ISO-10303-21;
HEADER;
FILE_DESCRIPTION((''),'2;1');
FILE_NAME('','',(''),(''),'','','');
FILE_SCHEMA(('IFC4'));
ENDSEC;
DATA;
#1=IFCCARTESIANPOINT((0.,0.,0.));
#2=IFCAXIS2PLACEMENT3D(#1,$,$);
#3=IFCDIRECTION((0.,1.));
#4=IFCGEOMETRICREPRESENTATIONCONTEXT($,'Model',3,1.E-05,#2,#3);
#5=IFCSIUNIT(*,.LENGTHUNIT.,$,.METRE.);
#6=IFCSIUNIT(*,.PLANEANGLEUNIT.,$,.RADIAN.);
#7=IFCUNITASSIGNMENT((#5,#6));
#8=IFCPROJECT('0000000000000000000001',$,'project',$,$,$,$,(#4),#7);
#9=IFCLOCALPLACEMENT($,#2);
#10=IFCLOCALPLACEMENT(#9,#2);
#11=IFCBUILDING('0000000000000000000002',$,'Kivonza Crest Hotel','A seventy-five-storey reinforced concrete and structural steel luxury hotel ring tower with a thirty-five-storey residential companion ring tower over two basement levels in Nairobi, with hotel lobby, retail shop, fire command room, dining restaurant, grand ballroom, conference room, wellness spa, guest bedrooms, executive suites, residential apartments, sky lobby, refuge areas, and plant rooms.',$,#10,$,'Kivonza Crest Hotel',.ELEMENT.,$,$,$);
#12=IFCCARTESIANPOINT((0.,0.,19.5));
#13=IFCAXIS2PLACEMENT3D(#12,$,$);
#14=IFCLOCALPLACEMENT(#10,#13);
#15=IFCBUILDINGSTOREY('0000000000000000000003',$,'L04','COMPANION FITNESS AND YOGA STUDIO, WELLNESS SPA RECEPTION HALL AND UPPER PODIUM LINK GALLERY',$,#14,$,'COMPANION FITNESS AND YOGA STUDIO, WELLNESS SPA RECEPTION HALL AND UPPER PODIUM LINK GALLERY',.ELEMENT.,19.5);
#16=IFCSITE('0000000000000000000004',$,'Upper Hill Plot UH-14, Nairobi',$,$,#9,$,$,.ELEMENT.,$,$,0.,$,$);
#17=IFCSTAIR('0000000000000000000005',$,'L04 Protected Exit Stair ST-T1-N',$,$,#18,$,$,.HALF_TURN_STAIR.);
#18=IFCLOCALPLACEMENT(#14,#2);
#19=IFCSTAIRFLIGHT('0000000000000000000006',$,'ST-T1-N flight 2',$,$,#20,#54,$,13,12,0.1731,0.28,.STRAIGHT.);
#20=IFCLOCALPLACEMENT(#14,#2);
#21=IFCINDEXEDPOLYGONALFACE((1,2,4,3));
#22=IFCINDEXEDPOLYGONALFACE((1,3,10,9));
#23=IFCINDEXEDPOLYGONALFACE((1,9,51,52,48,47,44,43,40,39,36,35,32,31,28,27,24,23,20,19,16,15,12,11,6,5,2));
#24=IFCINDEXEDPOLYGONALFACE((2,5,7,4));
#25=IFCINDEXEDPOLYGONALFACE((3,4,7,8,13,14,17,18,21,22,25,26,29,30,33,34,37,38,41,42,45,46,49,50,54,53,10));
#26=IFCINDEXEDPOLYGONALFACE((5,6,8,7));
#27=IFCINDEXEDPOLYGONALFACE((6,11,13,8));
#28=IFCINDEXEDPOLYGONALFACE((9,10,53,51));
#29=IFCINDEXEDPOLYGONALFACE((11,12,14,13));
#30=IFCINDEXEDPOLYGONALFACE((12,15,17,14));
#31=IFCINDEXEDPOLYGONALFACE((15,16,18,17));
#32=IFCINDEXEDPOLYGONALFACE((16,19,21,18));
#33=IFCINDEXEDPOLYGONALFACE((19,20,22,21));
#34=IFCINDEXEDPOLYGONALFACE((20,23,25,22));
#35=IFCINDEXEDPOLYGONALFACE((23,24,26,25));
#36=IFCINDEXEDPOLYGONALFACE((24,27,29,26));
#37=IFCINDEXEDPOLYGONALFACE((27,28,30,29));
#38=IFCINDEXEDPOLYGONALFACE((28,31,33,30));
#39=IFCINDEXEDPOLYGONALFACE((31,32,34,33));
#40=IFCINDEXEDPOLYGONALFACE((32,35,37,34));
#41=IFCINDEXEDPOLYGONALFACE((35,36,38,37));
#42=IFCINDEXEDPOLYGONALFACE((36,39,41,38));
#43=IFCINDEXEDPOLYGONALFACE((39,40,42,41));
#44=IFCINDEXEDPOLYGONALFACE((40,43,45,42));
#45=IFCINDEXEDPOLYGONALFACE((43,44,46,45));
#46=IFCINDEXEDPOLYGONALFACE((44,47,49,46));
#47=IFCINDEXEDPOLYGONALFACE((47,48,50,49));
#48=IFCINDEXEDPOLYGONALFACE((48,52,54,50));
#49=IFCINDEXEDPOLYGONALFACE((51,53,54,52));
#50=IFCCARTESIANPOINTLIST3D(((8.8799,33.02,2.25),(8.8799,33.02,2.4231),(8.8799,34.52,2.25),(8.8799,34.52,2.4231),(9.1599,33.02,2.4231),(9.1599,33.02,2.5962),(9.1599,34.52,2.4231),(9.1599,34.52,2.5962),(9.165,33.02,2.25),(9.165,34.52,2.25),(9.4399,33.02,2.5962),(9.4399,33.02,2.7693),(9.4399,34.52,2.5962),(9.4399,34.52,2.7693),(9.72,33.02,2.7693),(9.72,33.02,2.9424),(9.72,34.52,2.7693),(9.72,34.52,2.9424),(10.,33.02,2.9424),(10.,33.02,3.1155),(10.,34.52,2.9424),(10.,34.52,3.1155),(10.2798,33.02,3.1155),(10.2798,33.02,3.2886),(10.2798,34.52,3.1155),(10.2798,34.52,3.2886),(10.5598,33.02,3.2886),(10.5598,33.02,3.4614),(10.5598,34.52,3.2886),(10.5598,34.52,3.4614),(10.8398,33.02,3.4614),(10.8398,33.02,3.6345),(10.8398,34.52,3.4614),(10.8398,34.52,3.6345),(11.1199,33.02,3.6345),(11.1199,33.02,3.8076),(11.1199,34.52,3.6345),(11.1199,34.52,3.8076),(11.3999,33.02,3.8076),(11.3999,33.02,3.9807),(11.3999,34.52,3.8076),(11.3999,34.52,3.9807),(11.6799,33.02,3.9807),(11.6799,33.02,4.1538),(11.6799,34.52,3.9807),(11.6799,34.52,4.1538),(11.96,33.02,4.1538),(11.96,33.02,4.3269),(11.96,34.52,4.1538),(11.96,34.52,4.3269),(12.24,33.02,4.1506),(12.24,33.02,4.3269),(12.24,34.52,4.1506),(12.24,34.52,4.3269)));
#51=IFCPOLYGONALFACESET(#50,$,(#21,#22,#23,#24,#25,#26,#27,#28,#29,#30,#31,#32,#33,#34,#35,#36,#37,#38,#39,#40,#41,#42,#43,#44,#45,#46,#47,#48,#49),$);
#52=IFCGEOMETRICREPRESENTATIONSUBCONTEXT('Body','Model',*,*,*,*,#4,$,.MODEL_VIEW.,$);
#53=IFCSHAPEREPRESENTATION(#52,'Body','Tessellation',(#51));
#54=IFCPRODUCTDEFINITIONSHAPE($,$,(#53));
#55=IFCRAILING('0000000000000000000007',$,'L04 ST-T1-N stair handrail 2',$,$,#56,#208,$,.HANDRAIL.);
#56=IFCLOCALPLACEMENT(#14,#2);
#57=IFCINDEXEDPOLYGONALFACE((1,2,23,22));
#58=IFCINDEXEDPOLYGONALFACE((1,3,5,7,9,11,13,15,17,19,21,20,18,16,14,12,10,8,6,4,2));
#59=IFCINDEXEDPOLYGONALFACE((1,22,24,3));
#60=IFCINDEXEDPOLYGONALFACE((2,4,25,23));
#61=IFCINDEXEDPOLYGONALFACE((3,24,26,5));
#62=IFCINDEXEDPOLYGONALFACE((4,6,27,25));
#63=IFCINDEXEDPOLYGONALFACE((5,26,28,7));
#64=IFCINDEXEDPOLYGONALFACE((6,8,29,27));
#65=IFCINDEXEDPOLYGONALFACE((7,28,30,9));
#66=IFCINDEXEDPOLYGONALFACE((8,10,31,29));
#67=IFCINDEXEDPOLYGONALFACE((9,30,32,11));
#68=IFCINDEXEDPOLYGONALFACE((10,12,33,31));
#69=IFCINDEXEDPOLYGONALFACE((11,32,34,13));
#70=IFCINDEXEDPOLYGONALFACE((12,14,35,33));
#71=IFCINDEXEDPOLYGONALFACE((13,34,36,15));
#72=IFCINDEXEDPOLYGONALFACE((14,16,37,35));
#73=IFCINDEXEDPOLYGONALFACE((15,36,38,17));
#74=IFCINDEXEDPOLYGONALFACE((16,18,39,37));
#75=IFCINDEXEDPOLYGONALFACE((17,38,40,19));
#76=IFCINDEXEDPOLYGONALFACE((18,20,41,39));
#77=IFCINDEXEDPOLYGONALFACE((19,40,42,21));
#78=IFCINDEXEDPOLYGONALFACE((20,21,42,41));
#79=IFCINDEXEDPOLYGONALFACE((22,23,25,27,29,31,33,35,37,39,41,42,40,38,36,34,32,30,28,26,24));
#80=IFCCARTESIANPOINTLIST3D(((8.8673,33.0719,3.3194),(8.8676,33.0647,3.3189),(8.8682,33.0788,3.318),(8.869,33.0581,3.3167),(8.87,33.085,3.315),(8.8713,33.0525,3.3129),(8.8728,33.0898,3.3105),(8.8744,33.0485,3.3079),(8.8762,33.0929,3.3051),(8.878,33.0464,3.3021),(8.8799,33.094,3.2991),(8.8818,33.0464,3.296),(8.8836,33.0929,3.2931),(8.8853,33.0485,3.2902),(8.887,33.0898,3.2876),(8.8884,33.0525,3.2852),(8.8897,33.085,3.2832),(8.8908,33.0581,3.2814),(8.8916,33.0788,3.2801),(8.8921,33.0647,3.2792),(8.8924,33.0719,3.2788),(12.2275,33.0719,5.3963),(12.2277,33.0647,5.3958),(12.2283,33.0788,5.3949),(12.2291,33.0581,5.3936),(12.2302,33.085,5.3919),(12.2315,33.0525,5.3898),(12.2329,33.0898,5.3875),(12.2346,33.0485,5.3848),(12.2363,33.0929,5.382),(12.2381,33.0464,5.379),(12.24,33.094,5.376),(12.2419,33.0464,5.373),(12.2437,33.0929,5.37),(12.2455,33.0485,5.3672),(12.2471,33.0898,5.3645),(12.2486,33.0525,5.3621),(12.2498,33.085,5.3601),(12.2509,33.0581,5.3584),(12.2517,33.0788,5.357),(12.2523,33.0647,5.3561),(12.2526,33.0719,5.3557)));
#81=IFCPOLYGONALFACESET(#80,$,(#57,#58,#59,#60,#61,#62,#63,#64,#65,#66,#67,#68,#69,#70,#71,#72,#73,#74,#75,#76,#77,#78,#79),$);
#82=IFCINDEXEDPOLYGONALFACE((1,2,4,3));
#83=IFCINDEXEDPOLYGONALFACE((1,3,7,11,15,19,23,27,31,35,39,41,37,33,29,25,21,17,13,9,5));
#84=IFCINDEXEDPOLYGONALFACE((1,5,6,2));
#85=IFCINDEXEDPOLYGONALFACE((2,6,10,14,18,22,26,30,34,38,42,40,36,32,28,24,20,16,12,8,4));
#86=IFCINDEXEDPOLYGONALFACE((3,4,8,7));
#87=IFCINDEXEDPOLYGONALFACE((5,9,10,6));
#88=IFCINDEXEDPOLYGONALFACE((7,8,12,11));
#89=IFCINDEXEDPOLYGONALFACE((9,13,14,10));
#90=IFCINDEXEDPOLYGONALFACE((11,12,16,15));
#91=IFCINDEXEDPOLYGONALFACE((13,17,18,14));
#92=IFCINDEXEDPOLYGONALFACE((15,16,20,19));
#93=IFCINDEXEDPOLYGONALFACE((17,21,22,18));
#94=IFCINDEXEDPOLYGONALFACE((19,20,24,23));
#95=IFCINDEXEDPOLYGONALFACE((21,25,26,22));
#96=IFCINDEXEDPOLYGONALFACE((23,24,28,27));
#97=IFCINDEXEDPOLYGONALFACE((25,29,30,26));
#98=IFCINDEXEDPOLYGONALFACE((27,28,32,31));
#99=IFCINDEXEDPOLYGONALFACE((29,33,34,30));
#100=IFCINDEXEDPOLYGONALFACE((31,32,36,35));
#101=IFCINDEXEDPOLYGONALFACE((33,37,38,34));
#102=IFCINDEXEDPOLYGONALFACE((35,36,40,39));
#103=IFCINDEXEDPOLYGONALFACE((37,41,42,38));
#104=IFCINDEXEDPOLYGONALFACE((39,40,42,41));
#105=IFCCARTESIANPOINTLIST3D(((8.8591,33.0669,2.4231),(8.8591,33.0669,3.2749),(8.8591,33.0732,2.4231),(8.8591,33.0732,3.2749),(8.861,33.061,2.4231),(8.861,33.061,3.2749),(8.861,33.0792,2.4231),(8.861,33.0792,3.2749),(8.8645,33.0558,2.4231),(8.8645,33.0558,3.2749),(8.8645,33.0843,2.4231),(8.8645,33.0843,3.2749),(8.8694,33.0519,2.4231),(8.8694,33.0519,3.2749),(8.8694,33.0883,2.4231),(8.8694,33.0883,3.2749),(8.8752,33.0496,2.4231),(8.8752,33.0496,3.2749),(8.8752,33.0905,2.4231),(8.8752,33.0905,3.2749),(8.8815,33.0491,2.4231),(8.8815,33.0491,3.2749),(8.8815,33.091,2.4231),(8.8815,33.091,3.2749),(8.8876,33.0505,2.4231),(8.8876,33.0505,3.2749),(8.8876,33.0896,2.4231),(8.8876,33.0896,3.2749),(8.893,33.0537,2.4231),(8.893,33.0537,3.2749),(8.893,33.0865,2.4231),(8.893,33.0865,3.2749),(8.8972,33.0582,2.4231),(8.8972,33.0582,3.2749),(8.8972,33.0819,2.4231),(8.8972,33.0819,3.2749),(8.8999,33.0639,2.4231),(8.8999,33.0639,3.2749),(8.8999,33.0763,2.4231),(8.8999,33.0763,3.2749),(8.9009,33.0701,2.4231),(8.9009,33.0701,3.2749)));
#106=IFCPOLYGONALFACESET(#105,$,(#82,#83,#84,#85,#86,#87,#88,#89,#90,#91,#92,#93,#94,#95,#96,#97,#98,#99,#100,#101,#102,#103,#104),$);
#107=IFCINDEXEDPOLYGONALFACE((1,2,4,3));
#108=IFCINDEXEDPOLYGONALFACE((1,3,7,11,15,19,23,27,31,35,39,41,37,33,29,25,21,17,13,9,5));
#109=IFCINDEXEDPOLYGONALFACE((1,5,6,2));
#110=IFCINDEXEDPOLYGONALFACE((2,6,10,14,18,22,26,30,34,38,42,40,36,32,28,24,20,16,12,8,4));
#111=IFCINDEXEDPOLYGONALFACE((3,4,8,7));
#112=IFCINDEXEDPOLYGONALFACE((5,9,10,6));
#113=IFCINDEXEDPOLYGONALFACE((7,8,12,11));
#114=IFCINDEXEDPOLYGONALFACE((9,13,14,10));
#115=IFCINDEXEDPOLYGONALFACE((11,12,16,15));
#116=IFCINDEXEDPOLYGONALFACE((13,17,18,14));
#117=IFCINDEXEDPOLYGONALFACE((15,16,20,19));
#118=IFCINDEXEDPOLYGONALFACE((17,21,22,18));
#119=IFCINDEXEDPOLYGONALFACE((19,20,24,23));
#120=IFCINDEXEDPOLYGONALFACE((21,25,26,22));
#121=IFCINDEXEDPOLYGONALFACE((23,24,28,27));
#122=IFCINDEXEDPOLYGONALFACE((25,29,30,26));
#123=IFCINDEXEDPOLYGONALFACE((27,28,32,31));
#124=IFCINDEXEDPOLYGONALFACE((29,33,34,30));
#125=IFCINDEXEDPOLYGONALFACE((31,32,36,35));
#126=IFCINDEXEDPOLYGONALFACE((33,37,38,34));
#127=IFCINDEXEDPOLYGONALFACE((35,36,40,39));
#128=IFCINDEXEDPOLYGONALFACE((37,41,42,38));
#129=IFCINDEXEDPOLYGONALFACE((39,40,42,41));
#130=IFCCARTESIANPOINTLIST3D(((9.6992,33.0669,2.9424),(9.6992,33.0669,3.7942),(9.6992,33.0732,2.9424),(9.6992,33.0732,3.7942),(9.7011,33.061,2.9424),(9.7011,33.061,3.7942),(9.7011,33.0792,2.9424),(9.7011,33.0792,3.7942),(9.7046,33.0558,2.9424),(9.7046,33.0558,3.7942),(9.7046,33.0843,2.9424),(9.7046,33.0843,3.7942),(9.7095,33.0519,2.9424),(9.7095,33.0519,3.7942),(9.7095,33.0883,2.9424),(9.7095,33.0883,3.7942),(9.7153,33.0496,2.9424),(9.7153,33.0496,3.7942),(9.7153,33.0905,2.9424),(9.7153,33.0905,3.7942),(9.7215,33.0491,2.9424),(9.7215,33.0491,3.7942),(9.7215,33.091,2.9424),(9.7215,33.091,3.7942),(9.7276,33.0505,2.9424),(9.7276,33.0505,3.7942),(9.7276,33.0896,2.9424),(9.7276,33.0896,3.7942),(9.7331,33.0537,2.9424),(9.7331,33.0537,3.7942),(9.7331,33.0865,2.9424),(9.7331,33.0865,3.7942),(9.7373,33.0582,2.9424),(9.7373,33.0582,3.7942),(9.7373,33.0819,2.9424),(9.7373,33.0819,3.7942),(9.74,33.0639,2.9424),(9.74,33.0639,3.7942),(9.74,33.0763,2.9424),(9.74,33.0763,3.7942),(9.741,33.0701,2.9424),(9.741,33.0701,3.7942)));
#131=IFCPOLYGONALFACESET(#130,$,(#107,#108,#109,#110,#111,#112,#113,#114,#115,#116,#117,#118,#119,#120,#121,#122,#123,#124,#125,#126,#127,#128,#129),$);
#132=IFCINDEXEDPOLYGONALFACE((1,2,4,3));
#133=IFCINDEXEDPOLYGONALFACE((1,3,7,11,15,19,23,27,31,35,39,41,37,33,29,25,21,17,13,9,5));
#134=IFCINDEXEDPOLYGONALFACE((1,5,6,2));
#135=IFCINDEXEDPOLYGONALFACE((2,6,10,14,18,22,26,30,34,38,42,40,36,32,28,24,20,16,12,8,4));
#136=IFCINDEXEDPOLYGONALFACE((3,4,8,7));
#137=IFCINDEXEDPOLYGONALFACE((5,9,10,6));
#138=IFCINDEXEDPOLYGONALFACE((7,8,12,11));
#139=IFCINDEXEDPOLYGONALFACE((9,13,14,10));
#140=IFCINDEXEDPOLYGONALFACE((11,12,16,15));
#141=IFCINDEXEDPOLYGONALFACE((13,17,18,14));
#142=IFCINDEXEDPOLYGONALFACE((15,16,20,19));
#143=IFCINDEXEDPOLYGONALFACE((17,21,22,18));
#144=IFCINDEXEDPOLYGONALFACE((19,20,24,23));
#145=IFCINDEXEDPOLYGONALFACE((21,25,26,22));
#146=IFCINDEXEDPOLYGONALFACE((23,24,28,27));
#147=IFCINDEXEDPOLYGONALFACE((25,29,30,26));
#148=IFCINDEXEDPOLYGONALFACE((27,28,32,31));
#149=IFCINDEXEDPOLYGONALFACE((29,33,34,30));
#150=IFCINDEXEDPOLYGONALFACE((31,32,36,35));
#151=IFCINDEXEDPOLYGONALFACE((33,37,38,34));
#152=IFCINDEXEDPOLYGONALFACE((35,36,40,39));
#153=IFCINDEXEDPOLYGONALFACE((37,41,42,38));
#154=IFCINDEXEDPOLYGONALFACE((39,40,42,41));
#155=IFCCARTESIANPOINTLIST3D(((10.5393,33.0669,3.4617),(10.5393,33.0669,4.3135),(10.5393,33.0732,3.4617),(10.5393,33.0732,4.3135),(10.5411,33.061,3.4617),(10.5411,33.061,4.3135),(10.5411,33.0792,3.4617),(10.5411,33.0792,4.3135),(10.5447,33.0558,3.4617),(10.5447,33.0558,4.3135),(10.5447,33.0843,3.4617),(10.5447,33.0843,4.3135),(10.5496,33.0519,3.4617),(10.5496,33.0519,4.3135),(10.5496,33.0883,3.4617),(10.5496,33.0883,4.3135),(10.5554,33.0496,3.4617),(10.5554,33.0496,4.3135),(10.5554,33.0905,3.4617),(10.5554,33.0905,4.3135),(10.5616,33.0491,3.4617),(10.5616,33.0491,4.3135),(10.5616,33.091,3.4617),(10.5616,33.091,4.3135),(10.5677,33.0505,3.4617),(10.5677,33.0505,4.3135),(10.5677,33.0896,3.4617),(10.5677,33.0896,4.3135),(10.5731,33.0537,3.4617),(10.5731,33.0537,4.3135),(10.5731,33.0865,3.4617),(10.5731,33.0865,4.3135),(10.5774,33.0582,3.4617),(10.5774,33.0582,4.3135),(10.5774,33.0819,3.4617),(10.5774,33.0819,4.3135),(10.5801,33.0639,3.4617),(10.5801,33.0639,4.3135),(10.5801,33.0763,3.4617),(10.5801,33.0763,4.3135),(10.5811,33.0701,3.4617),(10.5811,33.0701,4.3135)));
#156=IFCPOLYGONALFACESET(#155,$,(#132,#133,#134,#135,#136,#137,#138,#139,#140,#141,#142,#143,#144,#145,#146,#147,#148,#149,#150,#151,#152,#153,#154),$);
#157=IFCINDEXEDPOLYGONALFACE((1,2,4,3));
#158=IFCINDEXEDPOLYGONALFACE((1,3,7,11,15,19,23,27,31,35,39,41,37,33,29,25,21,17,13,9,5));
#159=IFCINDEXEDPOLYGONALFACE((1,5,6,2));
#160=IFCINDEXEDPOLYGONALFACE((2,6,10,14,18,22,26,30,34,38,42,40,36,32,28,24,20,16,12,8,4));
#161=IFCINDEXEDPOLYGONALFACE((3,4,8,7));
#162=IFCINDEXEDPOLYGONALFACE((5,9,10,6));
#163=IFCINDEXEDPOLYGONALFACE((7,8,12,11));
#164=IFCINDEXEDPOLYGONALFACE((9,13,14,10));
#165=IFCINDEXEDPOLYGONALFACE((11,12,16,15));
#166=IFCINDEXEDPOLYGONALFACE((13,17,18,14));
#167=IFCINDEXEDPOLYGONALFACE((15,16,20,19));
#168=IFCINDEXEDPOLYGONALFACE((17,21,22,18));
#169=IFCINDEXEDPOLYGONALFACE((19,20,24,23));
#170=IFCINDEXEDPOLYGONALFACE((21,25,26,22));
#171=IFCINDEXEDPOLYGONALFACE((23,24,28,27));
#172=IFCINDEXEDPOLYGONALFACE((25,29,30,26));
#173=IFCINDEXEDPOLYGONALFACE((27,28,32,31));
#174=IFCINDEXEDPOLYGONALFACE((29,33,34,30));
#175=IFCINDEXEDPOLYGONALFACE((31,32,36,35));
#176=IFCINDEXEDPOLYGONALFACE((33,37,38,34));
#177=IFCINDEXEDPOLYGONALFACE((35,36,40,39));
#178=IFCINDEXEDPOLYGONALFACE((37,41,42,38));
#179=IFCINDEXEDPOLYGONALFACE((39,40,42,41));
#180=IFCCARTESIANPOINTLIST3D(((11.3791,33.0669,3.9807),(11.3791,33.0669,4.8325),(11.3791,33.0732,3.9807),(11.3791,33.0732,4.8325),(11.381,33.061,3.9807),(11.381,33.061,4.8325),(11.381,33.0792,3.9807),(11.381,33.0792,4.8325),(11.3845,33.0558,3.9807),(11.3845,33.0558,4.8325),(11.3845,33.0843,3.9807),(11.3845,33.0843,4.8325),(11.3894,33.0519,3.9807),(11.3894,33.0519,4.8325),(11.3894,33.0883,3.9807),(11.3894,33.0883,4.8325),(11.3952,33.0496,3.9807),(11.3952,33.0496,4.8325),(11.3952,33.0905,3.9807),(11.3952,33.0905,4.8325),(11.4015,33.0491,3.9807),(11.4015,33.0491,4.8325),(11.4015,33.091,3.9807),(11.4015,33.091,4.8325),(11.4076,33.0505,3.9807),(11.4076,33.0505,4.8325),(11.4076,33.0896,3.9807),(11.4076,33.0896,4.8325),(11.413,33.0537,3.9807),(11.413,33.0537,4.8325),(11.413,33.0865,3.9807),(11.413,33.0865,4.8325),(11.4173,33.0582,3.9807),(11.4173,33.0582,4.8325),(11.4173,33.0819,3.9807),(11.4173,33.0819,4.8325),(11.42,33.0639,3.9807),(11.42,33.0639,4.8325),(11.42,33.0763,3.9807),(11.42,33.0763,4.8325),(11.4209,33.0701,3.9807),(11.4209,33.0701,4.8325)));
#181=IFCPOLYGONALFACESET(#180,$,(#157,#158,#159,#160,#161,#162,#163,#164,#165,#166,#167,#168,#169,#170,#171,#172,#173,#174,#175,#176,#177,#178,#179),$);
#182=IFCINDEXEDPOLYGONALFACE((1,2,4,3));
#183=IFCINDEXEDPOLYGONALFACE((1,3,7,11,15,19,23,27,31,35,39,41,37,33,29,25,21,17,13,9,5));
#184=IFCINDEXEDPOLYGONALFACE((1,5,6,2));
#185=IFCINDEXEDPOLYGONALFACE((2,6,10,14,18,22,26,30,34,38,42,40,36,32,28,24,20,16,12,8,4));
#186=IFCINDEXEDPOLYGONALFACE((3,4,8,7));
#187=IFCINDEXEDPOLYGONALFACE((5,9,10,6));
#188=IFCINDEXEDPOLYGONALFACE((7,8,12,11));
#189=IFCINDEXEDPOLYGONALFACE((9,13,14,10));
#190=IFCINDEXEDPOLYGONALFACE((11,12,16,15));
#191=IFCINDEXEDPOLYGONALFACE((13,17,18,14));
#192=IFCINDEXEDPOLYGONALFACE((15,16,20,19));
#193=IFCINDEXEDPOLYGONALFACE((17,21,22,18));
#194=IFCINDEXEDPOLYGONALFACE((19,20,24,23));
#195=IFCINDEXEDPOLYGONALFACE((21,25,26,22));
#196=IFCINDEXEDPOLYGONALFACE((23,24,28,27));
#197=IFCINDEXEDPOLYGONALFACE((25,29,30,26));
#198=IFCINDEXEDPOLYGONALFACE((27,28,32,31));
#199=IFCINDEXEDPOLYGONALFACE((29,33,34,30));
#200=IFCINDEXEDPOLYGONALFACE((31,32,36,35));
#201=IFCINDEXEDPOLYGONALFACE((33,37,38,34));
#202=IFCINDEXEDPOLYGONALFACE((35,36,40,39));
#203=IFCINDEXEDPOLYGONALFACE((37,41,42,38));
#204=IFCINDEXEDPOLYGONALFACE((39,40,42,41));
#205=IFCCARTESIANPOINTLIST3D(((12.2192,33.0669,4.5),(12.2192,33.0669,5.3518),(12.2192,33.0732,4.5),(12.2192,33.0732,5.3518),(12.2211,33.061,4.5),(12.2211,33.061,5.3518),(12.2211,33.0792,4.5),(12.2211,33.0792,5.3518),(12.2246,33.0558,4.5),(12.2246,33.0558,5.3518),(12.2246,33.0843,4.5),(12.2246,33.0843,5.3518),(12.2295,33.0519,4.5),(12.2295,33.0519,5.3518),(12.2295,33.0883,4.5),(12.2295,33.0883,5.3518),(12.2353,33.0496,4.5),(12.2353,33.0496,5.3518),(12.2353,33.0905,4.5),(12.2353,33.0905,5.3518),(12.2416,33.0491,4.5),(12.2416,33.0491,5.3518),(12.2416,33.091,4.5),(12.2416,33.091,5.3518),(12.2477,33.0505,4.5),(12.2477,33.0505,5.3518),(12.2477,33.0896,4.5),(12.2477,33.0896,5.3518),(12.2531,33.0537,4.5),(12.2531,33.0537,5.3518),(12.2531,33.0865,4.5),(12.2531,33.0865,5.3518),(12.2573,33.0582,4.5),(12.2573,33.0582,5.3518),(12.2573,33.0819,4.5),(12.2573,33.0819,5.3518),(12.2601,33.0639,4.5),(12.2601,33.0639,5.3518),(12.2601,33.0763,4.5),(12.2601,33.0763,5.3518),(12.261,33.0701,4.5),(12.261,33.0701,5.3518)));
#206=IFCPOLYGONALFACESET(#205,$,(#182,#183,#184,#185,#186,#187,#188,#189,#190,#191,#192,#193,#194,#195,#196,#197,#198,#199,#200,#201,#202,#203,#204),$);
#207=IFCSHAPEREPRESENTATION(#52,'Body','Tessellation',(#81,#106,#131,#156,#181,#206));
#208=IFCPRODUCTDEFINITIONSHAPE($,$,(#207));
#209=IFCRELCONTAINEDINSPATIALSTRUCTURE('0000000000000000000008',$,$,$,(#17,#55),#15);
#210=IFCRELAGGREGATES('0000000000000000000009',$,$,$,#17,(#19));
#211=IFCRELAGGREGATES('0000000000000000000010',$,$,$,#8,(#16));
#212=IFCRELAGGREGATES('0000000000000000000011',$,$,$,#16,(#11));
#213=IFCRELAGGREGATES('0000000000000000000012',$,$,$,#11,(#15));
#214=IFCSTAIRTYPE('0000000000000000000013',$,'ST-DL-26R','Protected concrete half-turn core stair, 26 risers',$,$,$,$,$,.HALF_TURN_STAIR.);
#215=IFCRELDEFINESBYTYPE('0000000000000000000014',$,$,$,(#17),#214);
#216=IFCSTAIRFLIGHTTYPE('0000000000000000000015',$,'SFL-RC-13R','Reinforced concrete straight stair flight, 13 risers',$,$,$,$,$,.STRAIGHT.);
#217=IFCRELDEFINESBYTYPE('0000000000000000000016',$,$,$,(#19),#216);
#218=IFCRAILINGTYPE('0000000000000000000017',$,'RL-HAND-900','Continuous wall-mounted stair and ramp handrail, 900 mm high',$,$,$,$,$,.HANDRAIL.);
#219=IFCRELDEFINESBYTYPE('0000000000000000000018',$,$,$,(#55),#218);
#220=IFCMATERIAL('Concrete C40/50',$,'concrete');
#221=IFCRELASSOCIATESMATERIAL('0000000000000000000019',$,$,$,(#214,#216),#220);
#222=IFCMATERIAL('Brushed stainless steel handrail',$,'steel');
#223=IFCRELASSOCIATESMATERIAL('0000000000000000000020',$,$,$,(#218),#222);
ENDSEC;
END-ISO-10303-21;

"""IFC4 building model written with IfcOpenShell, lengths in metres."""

from ifc_helpers import new_model, si_unit, direction, frame, origin, origin_2d, place, context, subcontext, project, spatial, polyline, circle, outline, extrude, material, type_object, element, aggregate, save


model = new_model("IFC4")

# Units and contexts
model_context = context("Model", 3, precision=1e-05, world=origin(), true_north=direction((0.0, 1.0)))
body_context = subcontext(model_context, "Body", "Model", "MODEL_VIEW")
ifc_project = project(units=[si_unit("LENGTHUNIT", "METRE"), si_unit("PLANEANGLEUNIT", "RADIAN")], contexts=[model_context])

# Site, building, storey
site_placement = place(None, origin())
site = spatial("IfcSite", under=ifc_project, at=site_placement, Name="Upper Hill Plot UH-14, Nairobi", CompositionType="ELEMENT", RefElevation=0.0)
building_placement = place(site_placement, origin())
building = spatial("IfcBuilding", under=site, at=building_placement, Name="Kivonza Crest Hotel", Description="A seventy-five-storey reinforced concrete and structural steel luxury hotel ring tower with a thirty-five-storey residential companion ring tower over two basement levels in Nairobi, with hotel lobby, retail shop, fire command room, dining restaurant, grand ballroom, conference room, wellness spa, guest bedrooms, executive suites, residential apartments, sky lobby, refuge areas, and plant rooms.", LongName="Kivonza Crest Hotel", CompositionType="ELEMENT")
storey_placement = place(building_placement, frame((0.0, 0.0, 19.5)))
storey = spatial("IfcBuildingStorey", under=building, at=storey_placement, Name="L04", Description="COMPANION FITNESS AND YOGA STUDIO, WELLNESS SPA RECEPTION HALL AND UPPER PODIUM LINK GALLERY", LongName="COMPANION FITNESS AND YOGA STUDIO, WELLNESS SPA RECEPTION HALL AND UPPER PODIUM LINK GALLERY", CompositionType="ELEMENT", Elevation=19.5)

# Stair, stair flight
ifc_material_1 = material(Name="Concrete C40/50", Category="concrete")
stair_type = type_object("IfcStairType", Name="ST-DL-26R", Description="Protected concrete half-turn core stair, 26 risers", PredefinedType="HALF_TURN_STAIR", material=ifc_material_1)
stair_placement = place(storey_placement, origin())
stair = element("IfcStair", 1, at=stair_placement, inside=storey, type_object=stair_type, Name="L04 Protected Exit Stair ST-T1-N", PredefinedType="HALF_TURN_STAIR")
stair_flight_type = type_object("IfcStairFlightType", Name="SFL-RC-13R", Description="Reinforced concrete straight stair flight, 13 risers", PredefinedType="STRAIGHT", material=ifc_material_1)
stair_flight_placement = place(storey_placement, frame((8.8799, 33.77, 2.25), z_axis=(0.0, 0.0, 1.0), x_axis=(1.0, 0.0, 0.0)))
stair_flight = element("IfcStairFlight", 2, at=stair_flight_placement, type_object=stair_flight_type, Name="ST-T1-N flight 2", NumberOfRisers=13, NumberOfTreads=12, PredefinedType="STRAIGHT", RiserHeight=0.1731, TreadLength=0.28, context=body_context, shape_type="SweptSolid", body=[
    extrude(outline(polyline([(0.0, 0.0), (0.0, 0.1731), (0.28, 0.1731), (0.28, 0.3462), (0.5601, 0.3462), (0.5601, 0.5193), (0.8401, 0.5193), (0.8401, 0.6924), (1.1201, 0.6924), (1.1201, 0.8655), (1.3999, 0.8655), (1.3999, 1.0386), (1.6799, 1.0386), (1.6799, 1.2114), (1.96, 1.2114), (1.96, 1.3845), (2.24, 1.3845), (2.24, 1.5576), (2.52, 1.5576), (2.52, 1.7307), (2.8, 1.7307), (2.8, 1.9038), (3.0801, 1.9038), (3.0801, 2.0769), (3.3601, 2.0769), (3.3601, 2.25), (3.3601, 1.9006), (0.2852, 0.0), (0.0, 0.0)])), frame((0.0, 0.75, 0.0), z_axis=(0.0, -1.0, 0.0), x_axis=(1.0, 0.0, 0.0)), (0.0, 0.0, 1.0), 1.5),
])
aggregate(stair, [stair_flight])

# Railing
ifc_material_2 = material(Name="Brushed stainless steel handrail", Category="steel")
railing_type_1 = type_object("IfcRailingType", Name="RL-HAND-900", Description="Continuous wall-mounted stair and ramp handrail, 900 mm high", PredefinedType="HANDRAIL", material=ifc_material_2)
railing_1_placement = place(storey_placement, frame((8.8799, 33.0701, 2.4231)))
element("IfcRailing", 3, at=railing_1_placement, inside=storey, type_object=railing_type_1, Name="L04 ST-T1-N stair handrail 2", PredefinedType="HANDRAIL", context=body_context, shape_type="SweptSolid", body=[
    extrude(circle(Radius=0.0239, at=origin_2d()), frame((0.0, 0.0, 0.876), z_axis=(0.850623, 0.0, 0.525776), x_axis=(0.0, 1.0, 0.0)), (0.0, 0.0, 1.0), 3.9502),
    extrude(circle(Radius=0.021, at=origin_2d()), origin(), (0.0, 0.0, 1.0), 0.8518),
    extrude(circle(Radius=0.021, at=origin_2d()), frame((0.8401, 0.0, 0.5193)), (0.0, 0.0, 1.0), 0.8518),
    extrude(circle(Radius=0.021, at=origin_2d()), frame((1.6802, 0.0, 1.0386)), (0.0, 0.0, 1.0), 0.8518),
    extrude(circle(Radius=0.021, at=origin_2d()), frame((2.52, 0.0, 1.5576)), (0.0, 0.0, 1.0), 0.8518),
    extrude(circle(Radius=0.021, at=origin_2d()), frame((3.3601, 0.0, 2.0769)), (0.0, 0.0, 1.0), 0.8518),
])

save(model, "model.ifc")
